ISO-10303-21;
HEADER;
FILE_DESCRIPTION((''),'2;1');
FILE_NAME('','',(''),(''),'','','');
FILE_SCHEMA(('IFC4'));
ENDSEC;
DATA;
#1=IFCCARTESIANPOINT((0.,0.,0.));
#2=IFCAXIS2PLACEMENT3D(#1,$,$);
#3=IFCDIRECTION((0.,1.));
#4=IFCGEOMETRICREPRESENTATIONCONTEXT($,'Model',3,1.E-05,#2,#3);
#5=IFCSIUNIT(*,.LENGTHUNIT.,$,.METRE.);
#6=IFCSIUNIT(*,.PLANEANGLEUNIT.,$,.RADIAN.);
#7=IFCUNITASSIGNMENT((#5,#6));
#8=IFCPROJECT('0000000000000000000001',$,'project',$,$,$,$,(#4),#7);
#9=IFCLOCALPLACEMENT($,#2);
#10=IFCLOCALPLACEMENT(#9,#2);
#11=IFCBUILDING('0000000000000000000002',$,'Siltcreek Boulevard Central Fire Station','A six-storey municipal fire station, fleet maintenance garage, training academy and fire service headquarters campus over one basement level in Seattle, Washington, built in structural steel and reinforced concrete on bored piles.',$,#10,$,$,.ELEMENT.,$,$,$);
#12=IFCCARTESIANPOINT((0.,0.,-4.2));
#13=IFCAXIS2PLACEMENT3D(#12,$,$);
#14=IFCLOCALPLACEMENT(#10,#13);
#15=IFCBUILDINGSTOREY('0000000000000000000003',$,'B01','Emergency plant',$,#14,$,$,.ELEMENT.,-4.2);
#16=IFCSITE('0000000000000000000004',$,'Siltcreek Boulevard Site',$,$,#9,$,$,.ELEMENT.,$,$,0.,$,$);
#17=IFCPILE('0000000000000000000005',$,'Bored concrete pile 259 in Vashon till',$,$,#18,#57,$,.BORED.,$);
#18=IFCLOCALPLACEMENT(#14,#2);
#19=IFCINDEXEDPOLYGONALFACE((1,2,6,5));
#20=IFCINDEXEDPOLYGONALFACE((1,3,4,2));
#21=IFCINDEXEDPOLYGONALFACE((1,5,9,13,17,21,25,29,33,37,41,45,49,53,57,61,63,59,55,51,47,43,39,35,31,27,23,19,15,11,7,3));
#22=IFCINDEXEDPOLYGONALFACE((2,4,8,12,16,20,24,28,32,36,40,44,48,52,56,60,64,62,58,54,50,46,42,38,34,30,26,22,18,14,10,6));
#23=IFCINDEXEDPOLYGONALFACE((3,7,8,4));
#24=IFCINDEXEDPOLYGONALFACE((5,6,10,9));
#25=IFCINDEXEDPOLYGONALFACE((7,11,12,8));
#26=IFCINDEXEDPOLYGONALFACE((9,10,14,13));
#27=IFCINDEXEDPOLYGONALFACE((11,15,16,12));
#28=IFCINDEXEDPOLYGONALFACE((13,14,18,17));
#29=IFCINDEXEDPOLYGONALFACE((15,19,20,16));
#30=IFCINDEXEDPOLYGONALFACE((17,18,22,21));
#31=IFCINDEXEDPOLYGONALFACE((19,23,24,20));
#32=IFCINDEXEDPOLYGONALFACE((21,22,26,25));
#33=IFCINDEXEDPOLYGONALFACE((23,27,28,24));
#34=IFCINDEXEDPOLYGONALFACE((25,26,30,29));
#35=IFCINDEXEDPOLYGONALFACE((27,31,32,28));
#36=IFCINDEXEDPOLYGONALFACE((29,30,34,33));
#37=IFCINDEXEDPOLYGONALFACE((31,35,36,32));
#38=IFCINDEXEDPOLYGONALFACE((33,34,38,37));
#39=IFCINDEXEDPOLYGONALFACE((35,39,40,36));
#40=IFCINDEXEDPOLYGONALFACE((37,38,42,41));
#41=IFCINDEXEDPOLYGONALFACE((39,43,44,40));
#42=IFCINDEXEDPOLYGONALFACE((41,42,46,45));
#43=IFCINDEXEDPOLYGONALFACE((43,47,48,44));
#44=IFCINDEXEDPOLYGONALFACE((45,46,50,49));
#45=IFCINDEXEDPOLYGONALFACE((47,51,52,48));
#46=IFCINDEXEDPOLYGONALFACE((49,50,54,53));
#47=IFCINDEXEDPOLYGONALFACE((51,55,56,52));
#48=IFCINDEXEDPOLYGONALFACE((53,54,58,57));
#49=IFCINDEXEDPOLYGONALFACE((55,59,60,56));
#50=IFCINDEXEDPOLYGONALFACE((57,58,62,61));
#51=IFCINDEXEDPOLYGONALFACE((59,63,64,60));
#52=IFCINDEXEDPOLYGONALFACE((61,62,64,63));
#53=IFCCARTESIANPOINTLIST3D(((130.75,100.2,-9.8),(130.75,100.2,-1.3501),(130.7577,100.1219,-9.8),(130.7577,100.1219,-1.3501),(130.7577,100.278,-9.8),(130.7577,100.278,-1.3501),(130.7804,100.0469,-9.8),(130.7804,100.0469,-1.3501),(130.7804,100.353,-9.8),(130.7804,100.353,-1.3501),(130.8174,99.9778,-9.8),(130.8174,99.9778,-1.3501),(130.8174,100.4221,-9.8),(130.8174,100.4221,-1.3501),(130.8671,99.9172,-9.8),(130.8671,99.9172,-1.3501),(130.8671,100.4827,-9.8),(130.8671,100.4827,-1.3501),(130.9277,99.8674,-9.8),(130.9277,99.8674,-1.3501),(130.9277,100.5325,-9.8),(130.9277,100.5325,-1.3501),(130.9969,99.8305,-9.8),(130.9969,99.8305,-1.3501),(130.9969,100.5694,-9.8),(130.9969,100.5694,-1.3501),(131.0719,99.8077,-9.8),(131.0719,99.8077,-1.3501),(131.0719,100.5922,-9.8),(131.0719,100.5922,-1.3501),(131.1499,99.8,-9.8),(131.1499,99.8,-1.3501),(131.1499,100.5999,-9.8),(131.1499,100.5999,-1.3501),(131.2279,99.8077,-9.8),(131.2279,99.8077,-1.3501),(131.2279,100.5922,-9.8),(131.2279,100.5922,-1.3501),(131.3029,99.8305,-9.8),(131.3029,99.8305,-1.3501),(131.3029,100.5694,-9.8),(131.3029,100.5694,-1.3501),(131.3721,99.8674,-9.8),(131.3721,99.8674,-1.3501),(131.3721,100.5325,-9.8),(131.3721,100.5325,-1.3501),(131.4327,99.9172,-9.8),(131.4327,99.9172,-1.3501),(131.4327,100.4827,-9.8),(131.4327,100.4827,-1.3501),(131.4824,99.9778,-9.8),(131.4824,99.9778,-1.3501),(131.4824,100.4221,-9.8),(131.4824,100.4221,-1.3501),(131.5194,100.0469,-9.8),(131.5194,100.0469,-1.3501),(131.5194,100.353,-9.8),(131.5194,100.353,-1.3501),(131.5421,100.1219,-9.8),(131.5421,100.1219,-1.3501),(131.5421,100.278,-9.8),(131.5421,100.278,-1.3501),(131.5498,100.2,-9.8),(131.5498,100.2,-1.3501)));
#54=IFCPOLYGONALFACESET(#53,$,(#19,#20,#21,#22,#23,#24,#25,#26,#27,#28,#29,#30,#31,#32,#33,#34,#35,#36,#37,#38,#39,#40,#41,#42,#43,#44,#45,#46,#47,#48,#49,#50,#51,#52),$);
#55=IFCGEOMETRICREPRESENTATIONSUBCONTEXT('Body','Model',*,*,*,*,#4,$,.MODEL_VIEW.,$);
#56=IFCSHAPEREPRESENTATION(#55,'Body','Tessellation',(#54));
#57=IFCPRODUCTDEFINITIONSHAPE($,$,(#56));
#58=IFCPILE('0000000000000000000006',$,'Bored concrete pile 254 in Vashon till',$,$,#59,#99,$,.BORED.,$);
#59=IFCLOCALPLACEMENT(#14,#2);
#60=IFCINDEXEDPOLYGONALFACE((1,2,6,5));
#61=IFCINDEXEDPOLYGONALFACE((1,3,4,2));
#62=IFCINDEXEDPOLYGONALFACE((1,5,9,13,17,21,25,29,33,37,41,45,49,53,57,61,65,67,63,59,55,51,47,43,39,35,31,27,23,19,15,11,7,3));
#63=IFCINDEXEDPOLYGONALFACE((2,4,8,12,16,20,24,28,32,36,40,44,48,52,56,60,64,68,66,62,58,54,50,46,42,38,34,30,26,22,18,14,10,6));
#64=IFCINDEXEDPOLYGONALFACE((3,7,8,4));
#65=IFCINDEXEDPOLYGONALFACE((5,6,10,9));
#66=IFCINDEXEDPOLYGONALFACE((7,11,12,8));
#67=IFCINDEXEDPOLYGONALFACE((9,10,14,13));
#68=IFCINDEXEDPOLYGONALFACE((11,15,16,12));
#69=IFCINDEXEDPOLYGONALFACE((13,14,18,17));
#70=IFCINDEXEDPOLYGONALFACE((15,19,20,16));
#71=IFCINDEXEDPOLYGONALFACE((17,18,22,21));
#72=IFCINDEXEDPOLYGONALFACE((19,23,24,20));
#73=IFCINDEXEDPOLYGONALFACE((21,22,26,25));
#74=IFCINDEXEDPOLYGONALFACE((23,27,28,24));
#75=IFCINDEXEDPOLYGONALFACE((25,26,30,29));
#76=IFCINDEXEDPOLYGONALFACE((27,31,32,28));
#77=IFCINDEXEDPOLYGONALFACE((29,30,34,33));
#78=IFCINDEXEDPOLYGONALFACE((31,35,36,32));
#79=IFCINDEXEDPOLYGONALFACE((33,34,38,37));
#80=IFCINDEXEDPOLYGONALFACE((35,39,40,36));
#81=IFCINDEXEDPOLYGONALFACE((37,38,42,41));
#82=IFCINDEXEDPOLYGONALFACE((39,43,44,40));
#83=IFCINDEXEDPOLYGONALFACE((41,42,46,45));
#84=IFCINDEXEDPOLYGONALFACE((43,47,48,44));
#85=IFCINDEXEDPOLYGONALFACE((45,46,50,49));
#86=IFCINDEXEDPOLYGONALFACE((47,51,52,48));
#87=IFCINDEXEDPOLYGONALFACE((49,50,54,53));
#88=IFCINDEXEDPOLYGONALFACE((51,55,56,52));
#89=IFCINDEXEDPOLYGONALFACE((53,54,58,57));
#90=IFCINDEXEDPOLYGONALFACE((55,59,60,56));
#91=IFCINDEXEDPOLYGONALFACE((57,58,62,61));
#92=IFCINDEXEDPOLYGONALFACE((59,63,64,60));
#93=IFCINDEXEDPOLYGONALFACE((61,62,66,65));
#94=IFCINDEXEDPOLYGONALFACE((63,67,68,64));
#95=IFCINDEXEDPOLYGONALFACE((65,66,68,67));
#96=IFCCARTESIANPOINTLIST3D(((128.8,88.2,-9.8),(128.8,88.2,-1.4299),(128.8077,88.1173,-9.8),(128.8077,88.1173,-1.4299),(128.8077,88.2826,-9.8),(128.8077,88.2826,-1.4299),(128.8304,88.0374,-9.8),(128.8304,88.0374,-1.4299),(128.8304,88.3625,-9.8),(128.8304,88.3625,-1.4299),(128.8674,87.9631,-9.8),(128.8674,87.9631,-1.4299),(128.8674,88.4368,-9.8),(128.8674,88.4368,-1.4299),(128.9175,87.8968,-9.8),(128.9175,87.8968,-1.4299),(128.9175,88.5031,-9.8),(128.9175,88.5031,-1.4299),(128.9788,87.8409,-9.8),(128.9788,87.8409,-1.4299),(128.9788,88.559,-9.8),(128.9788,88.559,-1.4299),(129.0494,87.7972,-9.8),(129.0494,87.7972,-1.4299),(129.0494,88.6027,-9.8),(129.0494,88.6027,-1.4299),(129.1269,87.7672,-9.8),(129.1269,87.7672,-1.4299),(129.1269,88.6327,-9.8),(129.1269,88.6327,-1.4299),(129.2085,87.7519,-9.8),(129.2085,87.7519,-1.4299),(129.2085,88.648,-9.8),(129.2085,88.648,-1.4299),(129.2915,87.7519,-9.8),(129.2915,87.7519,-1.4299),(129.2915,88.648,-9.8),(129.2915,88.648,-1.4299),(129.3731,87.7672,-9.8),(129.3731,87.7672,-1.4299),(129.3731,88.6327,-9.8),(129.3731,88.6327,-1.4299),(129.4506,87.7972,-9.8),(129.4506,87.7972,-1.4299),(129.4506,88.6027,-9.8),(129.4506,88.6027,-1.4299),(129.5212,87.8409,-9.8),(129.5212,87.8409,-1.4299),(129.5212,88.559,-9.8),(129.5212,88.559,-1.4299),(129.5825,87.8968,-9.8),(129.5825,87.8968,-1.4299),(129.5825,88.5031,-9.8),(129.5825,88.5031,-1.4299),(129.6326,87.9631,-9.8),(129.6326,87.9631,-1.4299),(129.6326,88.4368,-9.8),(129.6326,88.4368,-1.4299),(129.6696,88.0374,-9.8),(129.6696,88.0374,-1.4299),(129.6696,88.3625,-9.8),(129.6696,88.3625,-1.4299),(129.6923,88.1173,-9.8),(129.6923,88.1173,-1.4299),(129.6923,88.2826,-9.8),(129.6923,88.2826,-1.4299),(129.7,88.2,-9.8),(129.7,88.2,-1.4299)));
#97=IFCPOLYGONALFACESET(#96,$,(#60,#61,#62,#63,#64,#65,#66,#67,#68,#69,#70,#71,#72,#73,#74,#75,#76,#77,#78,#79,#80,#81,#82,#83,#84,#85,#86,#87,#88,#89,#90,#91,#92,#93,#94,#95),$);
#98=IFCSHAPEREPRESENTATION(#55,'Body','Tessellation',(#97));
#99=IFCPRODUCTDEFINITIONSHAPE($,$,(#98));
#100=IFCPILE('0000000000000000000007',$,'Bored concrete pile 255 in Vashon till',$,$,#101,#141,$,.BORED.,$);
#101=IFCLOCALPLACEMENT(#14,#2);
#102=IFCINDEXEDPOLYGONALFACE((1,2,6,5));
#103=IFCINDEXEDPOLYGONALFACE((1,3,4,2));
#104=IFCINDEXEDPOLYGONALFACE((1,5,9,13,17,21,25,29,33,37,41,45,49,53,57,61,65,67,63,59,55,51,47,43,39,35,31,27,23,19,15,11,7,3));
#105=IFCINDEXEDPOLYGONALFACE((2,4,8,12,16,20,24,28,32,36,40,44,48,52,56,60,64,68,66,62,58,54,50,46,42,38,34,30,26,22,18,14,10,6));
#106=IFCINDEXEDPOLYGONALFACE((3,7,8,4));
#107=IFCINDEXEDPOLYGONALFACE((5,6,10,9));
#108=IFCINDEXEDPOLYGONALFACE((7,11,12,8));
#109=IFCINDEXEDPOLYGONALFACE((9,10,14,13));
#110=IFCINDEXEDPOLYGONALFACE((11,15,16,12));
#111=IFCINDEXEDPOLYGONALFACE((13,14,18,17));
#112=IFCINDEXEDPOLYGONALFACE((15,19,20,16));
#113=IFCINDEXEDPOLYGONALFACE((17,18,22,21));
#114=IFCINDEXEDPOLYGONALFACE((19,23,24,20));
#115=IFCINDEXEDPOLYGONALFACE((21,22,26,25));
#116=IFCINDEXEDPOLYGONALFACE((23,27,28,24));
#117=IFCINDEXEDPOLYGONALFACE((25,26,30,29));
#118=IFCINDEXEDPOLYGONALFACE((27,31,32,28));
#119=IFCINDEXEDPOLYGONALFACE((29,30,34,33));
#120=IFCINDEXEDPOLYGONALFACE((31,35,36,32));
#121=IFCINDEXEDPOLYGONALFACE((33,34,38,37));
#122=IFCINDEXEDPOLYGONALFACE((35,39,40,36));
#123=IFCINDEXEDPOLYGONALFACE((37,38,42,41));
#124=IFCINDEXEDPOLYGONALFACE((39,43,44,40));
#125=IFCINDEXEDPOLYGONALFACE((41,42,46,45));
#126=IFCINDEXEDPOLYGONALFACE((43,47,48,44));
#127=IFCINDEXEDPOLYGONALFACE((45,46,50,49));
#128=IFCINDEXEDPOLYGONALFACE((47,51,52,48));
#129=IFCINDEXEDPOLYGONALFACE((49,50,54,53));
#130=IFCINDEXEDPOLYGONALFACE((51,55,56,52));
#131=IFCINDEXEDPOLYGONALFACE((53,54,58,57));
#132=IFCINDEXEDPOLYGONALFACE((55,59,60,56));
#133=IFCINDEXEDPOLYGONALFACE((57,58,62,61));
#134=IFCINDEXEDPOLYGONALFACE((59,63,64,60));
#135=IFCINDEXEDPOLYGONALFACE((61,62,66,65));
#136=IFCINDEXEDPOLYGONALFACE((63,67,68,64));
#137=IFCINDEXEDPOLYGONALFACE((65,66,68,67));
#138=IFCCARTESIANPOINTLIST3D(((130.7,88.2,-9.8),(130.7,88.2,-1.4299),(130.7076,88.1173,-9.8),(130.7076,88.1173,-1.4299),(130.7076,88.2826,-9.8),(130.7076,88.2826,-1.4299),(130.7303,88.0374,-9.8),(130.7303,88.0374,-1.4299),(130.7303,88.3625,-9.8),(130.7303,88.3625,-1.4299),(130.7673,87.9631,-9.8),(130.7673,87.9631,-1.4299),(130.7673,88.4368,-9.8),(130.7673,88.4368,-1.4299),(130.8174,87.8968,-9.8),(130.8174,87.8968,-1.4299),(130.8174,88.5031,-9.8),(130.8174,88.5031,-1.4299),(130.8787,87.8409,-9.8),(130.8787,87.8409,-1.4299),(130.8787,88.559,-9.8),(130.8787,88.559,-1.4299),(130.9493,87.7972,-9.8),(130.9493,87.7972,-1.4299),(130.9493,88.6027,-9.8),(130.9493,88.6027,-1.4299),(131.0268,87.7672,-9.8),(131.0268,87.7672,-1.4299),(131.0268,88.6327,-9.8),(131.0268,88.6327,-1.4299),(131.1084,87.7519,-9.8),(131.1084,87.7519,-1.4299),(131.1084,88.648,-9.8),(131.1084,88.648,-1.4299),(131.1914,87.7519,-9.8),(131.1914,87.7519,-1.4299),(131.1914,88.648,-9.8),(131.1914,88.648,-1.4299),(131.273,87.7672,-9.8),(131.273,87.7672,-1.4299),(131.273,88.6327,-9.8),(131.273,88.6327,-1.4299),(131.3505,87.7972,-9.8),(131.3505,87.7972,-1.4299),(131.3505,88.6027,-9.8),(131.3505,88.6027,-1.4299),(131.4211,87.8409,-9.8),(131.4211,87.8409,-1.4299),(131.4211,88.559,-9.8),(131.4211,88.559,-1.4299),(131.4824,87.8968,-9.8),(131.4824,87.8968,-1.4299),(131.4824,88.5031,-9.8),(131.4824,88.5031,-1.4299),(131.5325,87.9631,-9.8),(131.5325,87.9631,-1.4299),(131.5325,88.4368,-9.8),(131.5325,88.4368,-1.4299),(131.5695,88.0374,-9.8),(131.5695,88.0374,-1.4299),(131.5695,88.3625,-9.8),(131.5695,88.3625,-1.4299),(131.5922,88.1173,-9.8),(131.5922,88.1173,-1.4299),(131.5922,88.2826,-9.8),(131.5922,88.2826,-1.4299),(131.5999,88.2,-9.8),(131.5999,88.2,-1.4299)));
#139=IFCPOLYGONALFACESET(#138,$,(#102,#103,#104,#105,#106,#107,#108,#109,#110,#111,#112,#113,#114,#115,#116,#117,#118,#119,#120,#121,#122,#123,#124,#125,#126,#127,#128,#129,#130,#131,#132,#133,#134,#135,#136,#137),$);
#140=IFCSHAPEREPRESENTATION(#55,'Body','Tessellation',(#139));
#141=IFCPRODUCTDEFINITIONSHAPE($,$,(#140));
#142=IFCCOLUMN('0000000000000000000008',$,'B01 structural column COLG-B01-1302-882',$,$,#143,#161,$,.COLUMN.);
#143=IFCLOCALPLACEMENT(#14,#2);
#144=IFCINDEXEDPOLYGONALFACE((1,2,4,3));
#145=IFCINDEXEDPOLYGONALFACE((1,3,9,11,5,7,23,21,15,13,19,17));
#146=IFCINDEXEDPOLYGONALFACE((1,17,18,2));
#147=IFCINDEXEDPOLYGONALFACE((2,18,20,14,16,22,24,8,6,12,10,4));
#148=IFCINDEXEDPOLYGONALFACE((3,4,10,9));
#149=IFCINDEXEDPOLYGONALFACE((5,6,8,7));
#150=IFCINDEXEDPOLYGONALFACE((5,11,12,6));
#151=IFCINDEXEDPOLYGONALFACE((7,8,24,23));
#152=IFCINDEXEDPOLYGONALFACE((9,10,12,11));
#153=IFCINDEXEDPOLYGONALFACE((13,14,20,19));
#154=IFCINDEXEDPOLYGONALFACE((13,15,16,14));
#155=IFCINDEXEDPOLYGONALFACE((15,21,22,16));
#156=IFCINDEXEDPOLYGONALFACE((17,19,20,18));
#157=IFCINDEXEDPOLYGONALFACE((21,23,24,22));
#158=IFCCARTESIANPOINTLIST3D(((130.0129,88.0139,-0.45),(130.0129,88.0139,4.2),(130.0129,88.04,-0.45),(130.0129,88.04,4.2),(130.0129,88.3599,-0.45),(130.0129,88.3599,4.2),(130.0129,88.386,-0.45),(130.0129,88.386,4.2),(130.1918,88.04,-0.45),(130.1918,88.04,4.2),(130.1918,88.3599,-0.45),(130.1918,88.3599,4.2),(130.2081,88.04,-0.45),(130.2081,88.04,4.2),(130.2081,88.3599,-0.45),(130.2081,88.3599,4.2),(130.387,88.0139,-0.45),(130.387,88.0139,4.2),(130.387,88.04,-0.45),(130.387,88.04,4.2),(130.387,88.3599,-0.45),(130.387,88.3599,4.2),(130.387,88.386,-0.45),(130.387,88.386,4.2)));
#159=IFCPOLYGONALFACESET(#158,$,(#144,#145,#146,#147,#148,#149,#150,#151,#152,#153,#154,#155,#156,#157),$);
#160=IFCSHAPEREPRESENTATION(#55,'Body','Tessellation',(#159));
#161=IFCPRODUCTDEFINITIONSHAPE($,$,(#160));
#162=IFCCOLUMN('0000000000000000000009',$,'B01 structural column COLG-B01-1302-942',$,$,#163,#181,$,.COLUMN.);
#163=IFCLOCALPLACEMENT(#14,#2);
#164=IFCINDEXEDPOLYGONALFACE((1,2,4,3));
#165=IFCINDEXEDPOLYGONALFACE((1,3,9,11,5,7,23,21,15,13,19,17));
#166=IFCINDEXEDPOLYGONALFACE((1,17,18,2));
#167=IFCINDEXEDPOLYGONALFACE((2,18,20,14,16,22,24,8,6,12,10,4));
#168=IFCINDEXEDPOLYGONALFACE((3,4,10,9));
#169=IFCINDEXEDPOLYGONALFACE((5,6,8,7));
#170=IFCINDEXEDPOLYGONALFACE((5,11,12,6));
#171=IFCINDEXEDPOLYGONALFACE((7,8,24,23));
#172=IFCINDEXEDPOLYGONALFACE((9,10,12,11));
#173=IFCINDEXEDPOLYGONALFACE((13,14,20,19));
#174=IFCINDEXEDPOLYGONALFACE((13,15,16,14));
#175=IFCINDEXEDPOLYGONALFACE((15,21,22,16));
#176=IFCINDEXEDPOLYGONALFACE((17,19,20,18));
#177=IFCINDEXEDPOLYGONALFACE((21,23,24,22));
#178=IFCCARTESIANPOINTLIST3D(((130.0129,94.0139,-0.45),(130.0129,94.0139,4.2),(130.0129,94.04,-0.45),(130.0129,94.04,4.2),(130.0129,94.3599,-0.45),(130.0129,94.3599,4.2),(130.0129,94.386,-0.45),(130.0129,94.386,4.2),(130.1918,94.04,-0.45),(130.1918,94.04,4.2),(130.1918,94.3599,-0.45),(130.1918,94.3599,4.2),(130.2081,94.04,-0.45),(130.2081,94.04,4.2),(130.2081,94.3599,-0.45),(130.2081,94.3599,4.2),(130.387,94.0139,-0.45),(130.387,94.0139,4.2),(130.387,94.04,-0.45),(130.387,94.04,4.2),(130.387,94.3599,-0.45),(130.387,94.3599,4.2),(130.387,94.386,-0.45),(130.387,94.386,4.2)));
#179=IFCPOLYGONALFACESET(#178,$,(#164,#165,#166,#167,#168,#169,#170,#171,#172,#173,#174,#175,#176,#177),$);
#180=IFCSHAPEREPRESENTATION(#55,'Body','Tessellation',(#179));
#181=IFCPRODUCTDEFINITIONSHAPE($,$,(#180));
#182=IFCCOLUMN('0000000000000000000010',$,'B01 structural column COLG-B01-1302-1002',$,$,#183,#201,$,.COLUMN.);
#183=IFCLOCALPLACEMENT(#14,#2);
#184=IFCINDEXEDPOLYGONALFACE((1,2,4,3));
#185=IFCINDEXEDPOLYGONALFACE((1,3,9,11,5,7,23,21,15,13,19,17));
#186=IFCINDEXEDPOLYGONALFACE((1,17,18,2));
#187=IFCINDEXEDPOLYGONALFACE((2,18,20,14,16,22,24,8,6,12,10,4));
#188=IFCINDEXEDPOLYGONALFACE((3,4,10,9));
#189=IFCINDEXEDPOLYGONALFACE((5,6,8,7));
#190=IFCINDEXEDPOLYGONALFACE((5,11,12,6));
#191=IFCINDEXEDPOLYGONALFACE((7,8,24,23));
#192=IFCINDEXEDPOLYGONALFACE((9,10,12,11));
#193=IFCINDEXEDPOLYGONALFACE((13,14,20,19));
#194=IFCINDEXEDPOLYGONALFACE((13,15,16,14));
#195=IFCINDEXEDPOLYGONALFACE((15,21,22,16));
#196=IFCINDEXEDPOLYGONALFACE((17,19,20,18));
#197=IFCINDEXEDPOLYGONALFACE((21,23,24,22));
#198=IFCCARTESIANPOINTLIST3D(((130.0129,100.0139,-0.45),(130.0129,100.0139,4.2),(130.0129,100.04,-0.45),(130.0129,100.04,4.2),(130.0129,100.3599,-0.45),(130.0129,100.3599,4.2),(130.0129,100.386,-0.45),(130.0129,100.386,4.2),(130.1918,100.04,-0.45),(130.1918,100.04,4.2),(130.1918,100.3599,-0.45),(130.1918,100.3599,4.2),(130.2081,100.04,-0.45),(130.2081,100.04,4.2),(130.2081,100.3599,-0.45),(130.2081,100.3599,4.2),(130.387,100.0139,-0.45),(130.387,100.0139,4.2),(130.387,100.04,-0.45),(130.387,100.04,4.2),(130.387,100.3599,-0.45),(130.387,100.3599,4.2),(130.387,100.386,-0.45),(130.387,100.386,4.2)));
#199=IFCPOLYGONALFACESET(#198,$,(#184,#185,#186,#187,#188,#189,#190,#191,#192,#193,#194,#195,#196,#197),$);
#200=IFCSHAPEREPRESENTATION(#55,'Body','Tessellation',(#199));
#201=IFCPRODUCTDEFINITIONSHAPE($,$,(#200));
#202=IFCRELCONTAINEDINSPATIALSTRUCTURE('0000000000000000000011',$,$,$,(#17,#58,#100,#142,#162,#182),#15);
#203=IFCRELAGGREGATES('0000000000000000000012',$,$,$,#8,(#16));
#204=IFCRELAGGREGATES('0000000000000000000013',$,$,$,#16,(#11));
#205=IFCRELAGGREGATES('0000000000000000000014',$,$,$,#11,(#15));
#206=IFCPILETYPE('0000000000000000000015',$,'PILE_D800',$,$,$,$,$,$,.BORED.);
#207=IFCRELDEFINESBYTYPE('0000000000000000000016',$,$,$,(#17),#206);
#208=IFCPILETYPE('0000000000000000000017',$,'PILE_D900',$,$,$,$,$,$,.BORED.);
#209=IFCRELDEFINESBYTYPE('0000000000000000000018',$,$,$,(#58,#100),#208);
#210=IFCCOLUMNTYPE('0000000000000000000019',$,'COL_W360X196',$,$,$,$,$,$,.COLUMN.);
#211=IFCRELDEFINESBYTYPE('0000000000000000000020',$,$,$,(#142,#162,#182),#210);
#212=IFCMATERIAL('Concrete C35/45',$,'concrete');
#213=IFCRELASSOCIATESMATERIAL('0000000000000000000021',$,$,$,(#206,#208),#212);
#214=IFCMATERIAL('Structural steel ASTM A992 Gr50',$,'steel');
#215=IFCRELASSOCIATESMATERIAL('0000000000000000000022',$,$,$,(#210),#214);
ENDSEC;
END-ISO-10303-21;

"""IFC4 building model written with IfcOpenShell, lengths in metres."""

from ifc_helpers import new_model, si_unit, direction, frame, origin, origin_2d, place, context, subcontext, project, spatial, circle, i_section, extrude, material, material_profile, profile_set, type_object, element, save


model = new_model("IFC4")

# Units and contexts
model_context = context("Model", 3, precision=1e-05, world=origin(), true_north=direction((0.0, 1.0)))
body_context = subcontext(model_context, "Body", "Model", "MODEL_VIEW")
ifc_project = project(units=[si_unit("LENGTHUNIT", "METRE"), si_unit("PLANEANGLEUNIT", "RADIAN")], contexts=[model_context])

# Site, building, storey
site_placement = place(None, origin())
site = spatial("IfcSite", under=ifc_project, at=site_placement, Name="Siltcreek Boulevard Site", CompositionType="ELEMENT", RefElevation=0.0)
building_placement = place(site_placement, origin())
building = spatial("IfcBuilding", under=site, at=building_placement, Name="Siltcreek Boulevard Central Fire Station", Description="A six-storey municipal fire station, fleet maintenance garage, training academy and fire service headquarters campus over one basement level in Seattle, Washington, built in structural steel and reinforced concrete on bored piles.", CompositionType="ELEMENT")
storey_placement = place(building_placement, frame((0.0, 0.0, -4.2)))
storey = spatial("IfcBuildingStorey", under=building, at=storey_placement, Name="B01", Description="Emergency plant", CompositionType="ELEMENT", Elevation=-4.2)

# Shared definitions
ifc_material_1 = material(Name="Concrete C35/45", Category="concrete")

# Piles
ifc_material_profile_1 = material_profile(ifc_material_1, circle(Radius=0.3999, at=origin_2d()), Name="SHAFT800")
ifc_profile_set_1 = profile_set([ifc_material_profile_1], Name="Concrete C35/45")
pile_type_1 = type_object("IfcPileType", Name="PILE_D800", PredefinedType="BORED", material=ifc_profile_set_1)
for number, where, z_axis, x_axis, name in (
    (1, (131.1499, 100.2, -1.3501), (0.0, 0.0, -1.0), (1.0, 0.0, 0.0), "Bored concrete pile 259 in Vashon till"),
):
    element("IfcPile", number, at=place(storey_placement, frame(where, z_axis=z_axis, x_axis=x_axis)), inside=storey, type_object=pile_type_1, Name=name, PredefinedType="BORED", context=body_context, shape_type="SweptSolid", body=[
        extrude(circle(Radius=0.3999, at=origin_2d()), origin(), (0.0, 0.0, 1.0), 8.45),
    ])
ifc_material_profile_2 = material_profile(ifc_material_1, circle(Radius=0.45, at=origin_2d()), Name="SHAFT900")
ifc_profile_set_2 = profile_set([ifc_material_profile_2], Name="Concrete C35/45")
pile_type_2 = type_object("IfcPileType", Name="PILE_D900", PredefinedType="BORED", material=ifc_profile_set_2)
for number, where, z_axis, x_axis, name in (
    (2, (129.25, 88.2, -1.4299), (0.0, 0.0, -1.0), (1.0, 0.0, 0.0), "Bored concrete pile 254 in Vashon till"),
    (3, (131.1499, 88.2, -1.4299), (0.0, 0.0, -1.0), (1.0, 0.0, 0.0), "Bored concrete pile 255 in Vashon till"),
):
    element("IfcPile", number, at=place(storey_placement, frame(where, z_axis=z_axis, x_axis=x_axis)), inside=storey, type_object=pile_type_2, Name=name, PredefinedType="BORED", context=body_context, shape_type="SweptSolid", body=[
        extrude(circle(Radius=0.45, at=origin_2d()), origin(), (0.0, 0.0, 1.0), 8.3701),
    ])

# Columns
ifc_material_2 = material(Name="Structural steel ASTM A992 Gr50", Category="steel")
ifc_material_profile_3 = material_profile(ifc_material_2, i_section(OverallWidth=0.374, OverallDepth=0.3721, WebThickness=0.0164, FlangeThickness=0.0261, at=origin_2d()), Name="W360X196")
ifc_profile_set_3 = profile_set([ifc_material_profile_3], Name="Structural steel ASTM A992 Gr50")
column_type = type_object("IfcColumnType", Name="COL_W360X196", PredefinedType="COLUMN", material=ifc_profile_set_3)
for number, where, z_axis, x_axis, name in (
    (4, (130.2, 88.2, -0.45), (0.0, 0.0, 1.0), (1.0, 0.0, 0.0), "B01 structural column COLG-B01-1302-882"),
    (5, (130.2, 94.2, -0.45), (0.0, 0.0, 1.0), (1.0, 0.0, 0.0), "B01 structural column COLG-B01-1302-942"),
    (6, (130.2, 100.2, -0.45), (0.0, 0.0, 1.0), (1.0, 0.0, 0.0), "B01 structural column COLG-B01-1302-1002"),
):
    element("IfcColumn", number, at=place(storey_placement, frame(where, z_axis=z_axis, x_axis=x_axis)), inside=storey, type_object=column_type, Name=name, PredefinedType="COLUMN", context=body_context, shape_type="SweptSolid", body=[
        extrude(i_section(OverallWidth=0.374, OverallDepth=0.3721, WebThickness=0.0164, FlangeThickness=0.0261, at=origin_2d()), origin(), (0.0, 0.0, 1.0), 4.6499),
    ])

save(model, "model.ifc")
